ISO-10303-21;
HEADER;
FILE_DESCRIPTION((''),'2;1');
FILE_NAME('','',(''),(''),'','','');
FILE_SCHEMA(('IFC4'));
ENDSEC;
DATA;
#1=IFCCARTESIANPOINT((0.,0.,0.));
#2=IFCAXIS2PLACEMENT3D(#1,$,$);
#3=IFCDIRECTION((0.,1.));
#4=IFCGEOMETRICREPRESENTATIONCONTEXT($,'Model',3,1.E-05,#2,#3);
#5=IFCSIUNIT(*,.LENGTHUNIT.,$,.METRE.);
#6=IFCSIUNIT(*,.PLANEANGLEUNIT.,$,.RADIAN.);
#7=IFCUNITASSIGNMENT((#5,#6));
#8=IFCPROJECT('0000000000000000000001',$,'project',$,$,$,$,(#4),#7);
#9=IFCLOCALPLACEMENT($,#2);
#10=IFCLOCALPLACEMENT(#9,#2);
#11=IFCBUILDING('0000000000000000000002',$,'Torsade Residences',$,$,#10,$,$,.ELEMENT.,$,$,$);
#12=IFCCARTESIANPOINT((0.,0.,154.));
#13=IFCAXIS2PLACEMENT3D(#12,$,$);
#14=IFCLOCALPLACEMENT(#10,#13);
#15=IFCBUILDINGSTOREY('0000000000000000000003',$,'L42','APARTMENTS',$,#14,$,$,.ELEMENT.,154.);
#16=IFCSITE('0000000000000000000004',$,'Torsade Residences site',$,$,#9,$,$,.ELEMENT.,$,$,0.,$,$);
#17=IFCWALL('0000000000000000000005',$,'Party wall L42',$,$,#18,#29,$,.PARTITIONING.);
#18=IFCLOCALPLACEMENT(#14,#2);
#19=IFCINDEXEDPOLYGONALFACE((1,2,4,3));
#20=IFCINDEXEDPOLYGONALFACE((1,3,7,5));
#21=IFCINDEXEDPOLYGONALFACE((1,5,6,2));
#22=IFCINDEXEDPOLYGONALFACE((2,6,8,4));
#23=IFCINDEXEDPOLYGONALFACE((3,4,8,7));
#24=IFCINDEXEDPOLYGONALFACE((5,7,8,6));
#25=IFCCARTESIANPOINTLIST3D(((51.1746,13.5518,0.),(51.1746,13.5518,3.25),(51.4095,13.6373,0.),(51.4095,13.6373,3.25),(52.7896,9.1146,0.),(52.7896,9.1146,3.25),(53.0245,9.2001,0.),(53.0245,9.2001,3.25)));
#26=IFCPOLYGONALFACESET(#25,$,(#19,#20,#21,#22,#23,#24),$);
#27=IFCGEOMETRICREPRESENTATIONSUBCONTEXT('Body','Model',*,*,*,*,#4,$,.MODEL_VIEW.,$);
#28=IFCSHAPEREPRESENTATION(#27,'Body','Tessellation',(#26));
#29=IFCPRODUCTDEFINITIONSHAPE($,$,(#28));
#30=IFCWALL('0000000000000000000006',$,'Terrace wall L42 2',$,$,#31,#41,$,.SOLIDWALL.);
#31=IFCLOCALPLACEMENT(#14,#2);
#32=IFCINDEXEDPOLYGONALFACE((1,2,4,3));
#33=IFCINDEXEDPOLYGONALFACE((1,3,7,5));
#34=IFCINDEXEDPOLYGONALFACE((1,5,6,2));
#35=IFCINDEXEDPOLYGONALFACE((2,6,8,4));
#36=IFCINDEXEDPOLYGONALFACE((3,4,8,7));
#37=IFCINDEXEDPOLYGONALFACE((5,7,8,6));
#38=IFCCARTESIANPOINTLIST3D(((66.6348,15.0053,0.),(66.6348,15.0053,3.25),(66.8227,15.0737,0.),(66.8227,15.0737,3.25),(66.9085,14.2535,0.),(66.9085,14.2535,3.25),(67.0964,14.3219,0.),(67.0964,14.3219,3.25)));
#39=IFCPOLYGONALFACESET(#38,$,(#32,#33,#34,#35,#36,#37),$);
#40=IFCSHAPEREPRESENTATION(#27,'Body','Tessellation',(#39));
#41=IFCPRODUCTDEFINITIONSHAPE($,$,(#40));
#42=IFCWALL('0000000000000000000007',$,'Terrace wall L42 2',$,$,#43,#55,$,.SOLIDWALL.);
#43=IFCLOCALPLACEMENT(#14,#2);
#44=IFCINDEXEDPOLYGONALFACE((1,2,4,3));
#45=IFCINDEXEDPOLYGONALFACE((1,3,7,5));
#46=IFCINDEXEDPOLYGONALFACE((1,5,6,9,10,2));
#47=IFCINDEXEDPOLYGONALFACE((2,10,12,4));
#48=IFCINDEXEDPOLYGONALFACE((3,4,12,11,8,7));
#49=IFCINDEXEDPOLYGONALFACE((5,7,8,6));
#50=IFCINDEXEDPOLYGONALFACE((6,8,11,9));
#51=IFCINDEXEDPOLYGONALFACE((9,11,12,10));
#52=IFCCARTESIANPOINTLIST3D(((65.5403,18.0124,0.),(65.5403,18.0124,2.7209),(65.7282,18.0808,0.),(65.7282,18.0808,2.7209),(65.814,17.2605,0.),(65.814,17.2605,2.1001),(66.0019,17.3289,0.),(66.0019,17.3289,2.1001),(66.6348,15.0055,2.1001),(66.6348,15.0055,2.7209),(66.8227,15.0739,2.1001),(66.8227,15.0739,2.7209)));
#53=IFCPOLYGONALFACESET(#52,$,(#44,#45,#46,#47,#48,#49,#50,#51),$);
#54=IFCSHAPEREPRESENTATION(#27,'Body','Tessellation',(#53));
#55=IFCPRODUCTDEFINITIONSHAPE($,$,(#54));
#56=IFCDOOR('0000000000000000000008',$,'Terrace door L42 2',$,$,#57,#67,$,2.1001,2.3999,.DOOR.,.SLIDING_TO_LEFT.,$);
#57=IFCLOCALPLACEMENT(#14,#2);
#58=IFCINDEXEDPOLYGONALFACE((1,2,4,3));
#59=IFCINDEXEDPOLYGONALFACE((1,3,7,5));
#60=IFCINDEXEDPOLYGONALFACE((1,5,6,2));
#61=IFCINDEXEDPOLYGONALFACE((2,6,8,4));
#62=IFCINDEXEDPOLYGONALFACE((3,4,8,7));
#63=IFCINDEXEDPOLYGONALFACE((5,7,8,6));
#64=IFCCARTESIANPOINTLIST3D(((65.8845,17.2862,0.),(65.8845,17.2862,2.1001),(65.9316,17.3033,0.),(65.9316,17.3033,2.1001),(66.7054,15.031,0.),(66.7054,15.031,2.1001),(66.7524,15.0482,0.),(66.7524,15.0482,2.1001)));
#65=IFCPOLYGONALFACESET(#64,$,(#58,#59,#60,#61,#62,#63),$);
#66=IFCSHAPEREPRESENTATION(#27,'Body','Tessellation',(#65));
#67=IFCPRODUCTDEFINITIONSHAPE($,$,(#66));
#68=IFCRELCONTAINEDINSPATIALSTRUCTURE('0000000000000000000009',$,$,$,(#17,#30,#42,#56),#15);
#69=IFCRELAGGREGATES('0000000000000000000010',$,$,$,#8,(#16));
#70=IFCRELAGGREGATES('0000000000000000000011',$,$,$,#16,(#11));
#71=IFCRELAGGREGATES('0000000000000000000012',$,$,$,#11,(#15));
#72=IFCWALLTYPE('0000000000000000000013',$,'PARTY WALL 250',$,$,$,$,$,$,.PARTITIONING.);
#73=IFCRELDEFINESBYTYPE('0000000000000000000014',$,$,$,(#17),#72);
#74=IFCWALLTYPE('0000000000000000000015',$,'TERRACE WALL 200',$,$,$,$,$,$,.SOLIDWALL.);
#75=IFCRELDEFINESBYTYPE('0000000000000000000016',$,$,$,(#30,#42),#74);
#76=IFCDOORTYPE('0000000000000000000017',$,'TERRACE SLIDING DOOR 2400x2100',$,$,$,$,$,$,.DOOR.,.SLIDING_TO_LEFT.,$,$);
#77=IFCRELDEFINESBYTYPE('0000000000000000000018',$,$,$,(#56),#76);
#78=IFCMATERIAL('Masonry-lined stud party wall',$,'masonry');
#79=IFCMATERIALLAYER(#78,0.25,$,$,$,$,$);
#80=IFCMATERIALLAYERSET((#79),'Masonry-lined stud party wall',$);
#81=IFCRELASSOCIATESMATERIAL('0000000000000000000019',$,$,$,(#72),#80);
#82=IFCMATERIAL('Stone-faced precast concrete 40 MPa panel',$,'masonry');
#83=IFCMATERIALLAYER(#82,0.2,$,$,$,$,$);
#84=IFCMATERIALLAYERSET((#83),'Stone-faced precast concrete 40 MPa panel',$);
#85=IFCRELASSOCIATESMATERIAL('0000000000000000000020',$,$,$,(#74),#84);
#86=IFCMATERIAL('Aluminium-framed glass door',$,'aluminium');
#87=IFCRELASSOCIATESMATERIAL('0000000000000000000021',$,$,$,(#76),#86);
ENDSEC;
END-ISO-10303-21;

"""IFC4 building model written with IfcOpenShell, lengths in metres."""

from ifc_helpers import new_model, si_unit, direction, frame, frame_2d, origin, place, context, subcontext, project, spatial, rectangle, extrude, material, layer, layer_set, type_object, element, fill, save


model = new_model("IFC4")

# Units and contexts
model_context = context("Model", 3, precision=1e-05, world=origin(), true_north=direction((0.0, 1.0)))
body_context = subcontext(model_context, "Body", "Model", "MODEL_VIEW")
ifc_project = project(units=[si_unit("LENGTHUNIT", "METRE"), si_unit("PLANEANGLEUNIT", "RADIAN")], contexts=[model_context])

# Site, building, storey
site_placement = place(None, origin())
site = spatial("IfcSite", under=ifc_project, at=site_placement, Name="Torsade Residences site", CompositionType="ELEMENT", RefElevation=0.0)
building_placement = place(site_placement, origin())
building = spatial("IfcBuilding", under=site, at=building_placement, Name="Torsade Residences", CompositionType="ELEMENT")
storey_placement = place(building_placement, frame((0.0, 0.0, 154.0)))
storey = spatial("IfcBuildingStorey", under=building, at=storey_placement, Name="L42", Description="APARTMENTS", CompositionType="ELEMENT", Elevation=154.0)

# Walls
ifc_material_1 = material(Name="Masonry-lined stud party wall", Category="masonry")
ifc_layer_1 = layer(ifc_material_1, 0.25)
ifc_layer_set_1 = layer_set([ifc_layer_1], Name="Masonry-lined stud party wall")
wall_type_1 = type_object("IfcWallType", Name="PARTY WALL 250", PredefinedType="PARTITIONING", material=ifc_layer_set_1)
wall_1_placement = place(storey_placement, frame((52.907, 9.1575, 0.0), z_axis=(0.0, 0.0, 1.0), x_axis=(-0.342013, 0.939695, 0.0)))
element("IfcWall", 1, at=wall_1_placement, inside=storey, type_object=wall_type_1, Name="Party wall L42", PredefinedType="PARTITIONING", context=body_context, shape_type="SweptSolid", body=[
    extrude(rectangle(XDim=4.7219, YDim=0.25, at=frame_2d((2.3608, 0.0))), origin(), (0.0, 0.0, 1.0), 3.25),
])
ifc_material_2 = material(Name="Stone-faced precast concrete 40 MPa panel", Category="masonry")
ifc_layer_2 = layer(ifc_material_2, 0.2)
ifc_layer_set_2 = layer_set([ifc_layer_2], Name="Stone-faced precast concrete 40 MPa panel")
wall_type_2 = type_object("IfcWallType", Name="TERRACE WALL 200", PredefinedType="SOLIDWALL", material=ifc_layer_set_2)
wall_2_placement = place(storey_placement, frame((67.0024, 14.2878, 0.0), z_axis=(0.0, 0.0, 1.0), x_axis=(-0.342111, 0.93966, 0.0)))
element("IfcWall", 2, at=wall_2_placement, inside=storey, type_object=wall_type_2, Name="Terrace wall L42 2", PredefinedType="SOLIDWALL", context=body_context, shape_type="SweptSolid", body=[
    extrude(rectangle(XDim=0.8, YDim=0.2, at=frame_2d((0.3999, 0.0))), origin(), (0.0, 0.0, 1.0), 3.25),
])

# Wall, opening, door
wall_3_placement = place(storey_placement, frame((66.7288, 15.0396, 0.0), z_axis=(0.0, 0.0, 1.0), x_axis=(-0.342019, 0.939693, 0.0)))
wall_3 = element("IfcWall", 3, at=wall_3_placement, inside=storey, type_object=wall_type_2, Name="Terrace wall L42 2", PredefinedType="SOLIDWALL", context=body_context, shape_type="SweptSolid", body=[
    extrude(rectangle(XDim=3.2, YDim=0.2, at=frame_2d((1.6001, 0.0))), origin(), (0.0, 0.0, 1.0), 2.7209),
])
opening_1_placement = place(wall_3_placement, origin())
opening_1 = element("IfcOpeningElement", 4, at=opening_1_placement, cuts=wall_3, PredefinedType="OPENING", context=body_context, shape_type="SweptSolid", body=[
    extrude(rectangle(XDim=2.3999, YDim=2.1001, at=frame_2d((1.2, 1.05))), frame((0.0, 0.1099, 0.0), z_axis=(0.0, -1.0, 0.0), x_axis=(1.0, 0.0, 0.0)), (0.0, 0.0, 1.0), 0.22),
])
ifc_material_3 = material(Name="Aluminium-framed glass door", Category="aluminium")
door_type_1 = type_object("IfcDoorType", Name="TERRACE SLIDING DOOR 2400x2100", OperationType="SLIDING_TO_LEFT", PredefinedType="DOOR", material=ifc_material_3)
door_1_placement = place(opening_1_placement, origin())
door_1 = element("IfcDoor", 5, at=door_1_placement, inside=storey, type_object=door_type_1, Name="Terrace door L42 2", OperationType="SLIDING_TO_LEFT", OverallHeight=2.1001, OverallWidth=2.3999, PredefinedType="DOOR", context=body_context, shape_type="SweptSolid", body=[
    extrude(rectangle(XDim=2.3999, YDim=2.1001, at=frame_2d((1.2, 1.05))), frame((0.0, 0.0249, 0.0), z_axis=(0.0, -1.0, 0.0), x_axis=(1.0, 0.0, 0.0)), (0.0, 0.0, 1.0), 0.05),
])
fill(opening_1, door_1)

save(model, "model.ifc")
